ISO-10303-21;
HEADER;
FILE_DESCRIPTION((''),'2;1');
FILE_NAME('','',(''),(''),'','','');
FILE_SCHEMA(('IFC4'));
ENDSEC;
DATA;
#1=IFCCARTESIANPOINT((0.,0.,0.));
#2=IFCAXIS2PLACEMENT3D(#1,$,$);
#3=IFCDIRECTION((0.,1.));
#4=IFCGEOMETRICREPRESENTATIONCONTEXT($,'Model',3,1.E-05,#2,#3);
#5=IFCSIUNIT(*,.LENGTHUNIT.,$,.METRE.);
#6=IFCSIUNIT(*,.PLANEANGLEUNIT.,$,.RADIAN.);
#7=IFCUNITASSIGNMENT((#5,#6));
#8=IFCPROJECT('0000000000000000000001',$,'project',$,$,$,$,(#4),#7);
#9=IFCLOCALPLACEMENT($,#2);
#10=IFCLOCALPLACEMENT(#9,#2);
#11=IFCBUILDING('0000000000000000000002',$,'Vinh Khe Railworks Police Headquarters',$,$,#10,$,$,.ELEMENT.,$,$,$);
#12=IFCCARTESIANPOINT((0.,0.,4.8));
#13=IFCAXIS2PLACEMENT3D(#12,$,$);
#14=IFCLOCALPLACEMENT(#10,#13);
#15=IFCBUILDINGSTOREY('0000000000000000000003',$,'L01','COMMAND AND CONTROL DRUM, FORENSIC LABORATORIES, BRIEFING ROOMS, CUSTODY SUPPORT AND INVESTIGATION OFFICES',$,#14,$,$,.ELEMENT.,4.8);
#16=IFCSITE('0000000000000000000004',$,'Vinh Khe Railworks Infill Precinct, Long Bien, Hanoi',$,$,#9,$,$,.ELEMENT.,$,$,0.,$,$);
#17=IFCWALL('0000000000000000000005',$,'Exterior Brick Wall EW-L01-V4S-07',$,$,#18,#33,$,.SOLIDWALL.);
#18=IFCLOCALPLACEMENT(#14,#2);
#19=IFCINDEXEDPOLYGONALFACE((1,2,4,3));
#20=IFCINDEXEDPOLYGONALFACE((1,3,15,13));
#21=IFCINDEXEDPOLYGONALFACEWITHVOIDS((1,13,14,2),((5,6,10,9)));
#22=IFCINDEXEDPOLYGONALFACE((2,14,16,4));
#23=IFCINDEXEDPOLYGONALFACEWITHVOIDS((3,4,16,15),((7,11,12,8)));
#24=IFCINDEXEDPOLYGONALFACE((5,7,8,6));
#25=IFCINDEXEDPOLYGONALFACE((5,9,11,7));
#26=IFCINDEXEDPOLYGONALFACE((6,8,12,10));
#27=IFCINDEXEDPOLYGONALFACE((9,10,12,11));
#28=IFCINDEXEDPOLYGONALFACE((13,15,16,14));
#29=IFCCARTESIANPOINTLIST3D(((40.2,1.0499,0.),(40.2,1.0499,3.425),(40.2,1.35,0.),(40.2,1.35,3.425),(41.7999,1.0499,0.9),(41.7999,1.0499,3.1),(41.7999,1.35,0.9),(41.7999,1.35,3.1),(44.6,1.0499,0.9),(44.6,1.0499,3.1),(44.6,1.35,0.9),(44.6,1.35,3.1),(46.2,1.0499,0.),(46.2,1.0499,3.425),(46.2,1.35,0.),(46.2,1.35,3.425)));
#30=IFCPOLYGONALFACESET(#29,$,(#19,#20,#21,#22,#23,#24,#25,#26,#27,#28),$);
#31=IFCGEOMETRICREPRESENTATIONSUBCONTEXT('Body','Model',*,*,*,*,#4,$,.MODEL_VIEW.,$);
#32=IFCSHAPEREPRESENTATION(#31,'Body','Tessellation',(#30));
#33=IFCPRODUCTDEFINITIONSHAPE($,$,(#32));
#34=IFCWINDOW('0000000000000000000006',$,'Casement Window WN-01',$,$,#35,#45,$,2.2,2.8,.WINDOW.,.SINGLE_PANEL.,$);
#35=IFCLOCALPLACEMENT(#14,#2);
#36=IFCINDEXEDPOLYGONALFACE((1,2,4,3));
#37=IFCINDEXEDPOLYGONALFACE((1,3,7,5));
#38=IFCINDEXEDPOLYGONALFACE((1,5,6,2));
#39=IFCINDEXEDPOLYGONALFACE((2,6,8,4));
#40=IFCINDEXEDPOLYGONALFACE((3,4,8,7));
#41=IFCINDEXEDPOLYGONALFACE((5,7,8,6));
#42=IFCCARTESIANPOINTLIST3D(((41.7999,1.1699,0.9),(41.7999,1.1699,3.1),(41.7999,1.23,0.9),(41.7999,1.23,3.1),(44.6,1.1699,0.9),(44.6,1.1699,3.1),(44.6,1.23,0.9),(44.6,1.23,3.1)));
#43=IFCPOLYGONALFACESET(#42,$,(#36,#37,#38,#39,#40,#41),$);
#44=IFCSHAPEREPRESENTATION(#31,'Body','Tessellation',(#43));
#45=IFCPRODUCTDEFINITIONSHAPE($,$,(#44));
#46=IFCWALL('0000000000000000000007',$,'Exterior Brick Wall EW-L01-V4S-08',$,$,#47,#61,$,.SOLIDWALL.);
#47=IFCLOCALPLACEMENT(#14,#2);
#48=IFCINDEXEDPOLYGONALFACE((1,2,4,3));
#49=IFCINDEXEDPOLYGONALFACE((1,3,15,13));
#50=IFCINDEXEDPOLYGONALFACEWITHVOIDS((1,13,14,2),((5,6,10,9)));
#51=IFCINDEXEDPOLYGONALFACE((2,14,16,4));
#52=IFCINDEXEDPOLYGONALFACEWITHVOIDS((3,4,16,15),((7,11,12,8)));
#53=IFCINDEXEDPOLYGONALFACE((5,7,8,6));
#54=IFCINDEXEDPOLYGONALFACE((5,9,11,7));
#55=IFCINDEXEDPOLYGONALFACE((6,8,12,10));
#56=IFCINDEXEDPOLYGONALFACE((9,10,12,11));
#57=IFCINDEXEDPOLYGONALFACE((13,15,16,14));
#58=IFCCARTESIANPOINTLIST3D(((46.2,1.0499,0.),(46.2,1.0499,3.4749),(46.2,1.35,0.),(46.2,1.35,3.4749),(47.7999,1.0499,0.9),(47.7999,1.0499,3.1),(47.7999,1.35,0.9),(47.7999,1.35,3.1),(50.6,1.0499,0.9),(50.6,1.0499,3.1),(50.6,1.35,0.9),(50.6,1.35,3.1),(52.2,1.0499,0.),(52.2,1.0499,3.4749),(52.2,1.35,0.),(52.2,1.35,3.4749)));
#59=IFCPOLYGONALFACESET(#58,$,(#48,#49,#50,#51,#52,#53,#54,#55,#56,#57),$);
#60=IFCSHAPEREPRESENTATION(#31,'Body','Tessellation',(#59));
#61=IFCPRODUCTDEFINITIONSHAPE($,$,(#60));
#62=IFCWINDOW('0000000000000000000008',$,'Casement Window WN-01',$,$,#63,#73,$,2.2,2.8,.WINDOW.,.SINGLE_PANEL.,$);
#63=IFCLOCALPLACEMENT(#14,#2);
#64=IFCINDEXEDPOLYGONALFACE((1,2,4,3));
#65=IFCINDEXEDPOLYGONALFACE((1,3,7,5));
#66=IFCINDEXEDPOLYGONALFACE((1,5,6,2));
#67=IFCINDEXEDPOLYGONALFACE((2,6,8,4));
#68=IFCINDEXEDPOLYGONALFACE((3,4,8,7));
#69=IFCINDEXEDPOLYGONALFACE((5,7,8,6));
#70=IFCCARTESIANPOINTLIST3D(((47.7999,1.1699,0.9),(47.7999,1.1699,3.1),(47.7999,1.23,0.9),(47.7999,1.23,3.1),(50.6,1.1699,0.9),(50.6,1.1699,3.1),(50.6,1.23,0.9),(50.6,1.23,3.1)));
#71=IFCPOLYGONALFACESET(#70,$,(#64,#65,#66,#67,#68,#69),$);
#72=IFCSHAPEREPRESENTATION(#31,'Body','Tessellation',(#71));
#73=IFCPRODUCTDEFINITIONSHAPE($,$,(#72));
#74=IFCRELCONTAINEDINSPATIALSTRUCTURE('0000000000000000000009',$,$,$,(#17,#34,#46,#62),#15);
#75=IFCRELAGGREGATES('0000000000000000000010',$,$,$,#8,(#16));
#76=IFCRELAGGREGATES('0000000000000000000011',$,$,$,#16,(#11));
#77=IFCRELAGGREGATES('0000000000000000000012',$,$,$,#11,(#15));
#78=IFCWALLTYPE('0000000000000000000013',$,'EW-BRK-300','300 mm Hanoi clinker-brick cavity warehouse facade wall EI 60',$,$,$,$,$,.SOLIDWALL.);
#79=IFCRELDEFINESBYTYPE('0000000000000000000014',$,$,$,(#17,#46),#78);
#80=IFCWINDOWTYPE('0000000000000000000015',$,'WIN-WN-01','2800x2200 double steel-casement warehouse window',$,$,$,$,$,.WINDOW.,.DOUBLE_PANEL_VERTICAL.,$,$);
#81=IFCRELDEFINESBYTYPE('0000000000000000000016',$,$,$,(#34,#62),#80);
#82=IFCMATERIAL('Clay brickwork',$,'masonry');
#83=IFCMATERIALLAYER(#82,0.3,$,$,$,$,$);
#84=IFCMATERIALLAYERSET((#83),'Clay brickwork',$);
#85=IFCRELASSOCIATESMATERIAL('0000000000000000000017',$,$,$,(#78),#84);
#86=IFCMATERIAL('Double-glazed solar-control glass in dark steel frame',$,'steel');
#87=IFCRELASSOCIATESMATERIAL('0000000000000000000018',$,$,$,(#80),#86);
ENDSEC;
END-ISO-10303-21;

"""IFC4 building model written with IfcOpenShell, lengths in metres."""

from ifc_helpers import new_model, si_unit, direction, frame, frame_2d, origin, place, context, subcontext, project, spatial, rectangle, extrude, material, layer, layer_set, type_object, element, fill, save


model = new_model("IFC4")

# Units and contexts
model_context = context("Model", 3, precision=1e-05, world=origin(), true_north=direction((0.0, 1.0)))
body_context = subcontext(model_context, "Body", "Model", "MODEL_VIEW")
ifc_project = project(units=[si_unit("LENGTHUNIT", "METRE"), si_unit("PLANEANGLEUNIT", "RADIAN")], contexts=[model_context])

# Site, building, storey
site_placement = place(None, origin())
site = spatial("IfcSite", under=ifc_project, at=site_placement, Name="Vinh Khe Railworks Infill Precinct, Long Bien, Hanoi", CompositionType="ELEMENT", RefElevation=0.0)
building_placement = place(site_placement, origin())
building = spatial("IfcBuilding", under=site, at=building_placement, Name="Vinh Khe Railworks Police Headquarters", CompositionType="ELEMENT")
storey_placement = place(building_placement, frame((0.0, 0.0, 4.8)))
storey = spatial("IfcBuildingStorey", under=building, at=storey_placement, Name="L01", Description="COMMAND AND CONTROL DRUM, FORENSIC LABORATORIES, BRIEFING ROOMS, CUSTODY SUPPORT AND INVESTIGATION OFFICES", CompositionType="ELEMENT", Elevation=4.8)

# Shared definitions
ifc_material_1 = material(Name="Clay brickwork", Category="masonry")
ifc_material_2 = material(Name="Double-glazed solar-control glass in dark steel frame", Category="steel")

# Walls, openings, windows
ifc_layer_1 = layer(ifc_material_1, 0.3)
ifc_layer_set_1 = layer_set([ifc_layer_1], Name="Clay brickwork")
wall_type_1 = type_object("IfcWallType", Name="EW-BRK-300", Description="300 mm Hanoi clinker-brick cavity warehouse facade wall EI 60", PredefinedType="SOLIDWALL", material=ifc_layer_set_1)
wall_1_placement = place(storey_placement, frame((40.2, 1.2, 0.0), z_axis=(0.0, 0.0, 1.0), x_axis=(1.0, 0.0, 0.0)))
wall_1 = element("IfcWall", 1, at=wall_1_placement, inside=storey, type_object=wall_type_1, Name="Exterior Brick Wall EW-L01-V4S-07", PredefinedType="SOLIDWALL", context=body_context, shape_type="SweptSolid", body=[
    extrude(rectangle(XDim=6.0, YDim=0.3, at=frame_2d((3.0, 0.0))), origin(), (0.0, 0.0, 1.0), 3.425),
])
opening_1_placement = place(wall_1_placement, frame((1.6001, 0.0, 0.8999)))
opening_1 = element("IfcOpeningElement", 2, at=opening_1_placement, cuts=wall_1, PredefinedType="OPENING", context=body_context, shape_type="SweptSolid", body=[
    extrude(rectangle(XDim=2.8, YDim=2.2, at=frame_2d((1.3999, 1.1001))), frame((0.0, 0.165, 0.0), z_axis=(0.0, -1.0, 0.0), x_axis=(1.0, 0.0, 0.0)), (0.0, 0.0, 1.0), 0.3298),
])
window_type_1 = type_object("IfcWindowType", Name="WIN-WN-01", Description="2800x2200 double steel-casement warehouse window", PartitioningType="DOUBLE_PANEL_VERTICAL", PredefinedType="WINDOW", material=ifc_material_2)
window_1_placement = place(opening_1_placement, origin())
window_1 = element("IfcWindow", 3, at=window_1_placement, inside=storey, type_object=window_type_1, Name="Casement Window WN-01", OverallHeight=2.2, OverallWidth=2.8, PartitioningType="SINGLE_PANEL", PredefinedType="WINDOW", context=body_context, shape_type="SweptSolid", body=[
    extrude(rectangle(XDim=2.8, YDim=2.2, at=frame_2d((1.3999, 1.1001))), frame((0.0, 0.03, 0.0), z_axis=(0.0, -1.0, 0.0), x_axis=(1.0, 0.0, 0.0)), (0.0, 0.0, 1.0), 0.0601),
])
fill(opening_1, window_1)
wall_2_placement = place(storey_placement, frame((46.2, 1.2, 0.0), z_axis=(0.0, 0.0, 1.0), x_axis=(1.0, 0.0, 0.0)))
wall_2 = element("IfcWall", 4, at=wall_2_placement, inside=storey, type_object=wall_type_1, Name="Exterior Brick Wall EW-L01-V4S-08", PredefinedType="SOLIDWALL", context=body_context, shape_type="SweptSolid", body=[
    extrude(rectangle(XDim=6.0, YDim=0.3, at=frame_2d((3.0, 0.0))), origin(), (0.0, 0.0, 1.0), 3.4749),
])
opening_2_placement = place(wall_2_placement, frame((1.6001, 0.0, 0.8999)))
opening_2 = element("IfcOpeningElement", 5, at=opening_2_placement, cuts=wall_2, PredefinedType="OPENING", context=body_context, shape_type="SweptSolid", body=[
    extrude(rectangle(XDim=2.8, YDim=2.2, at=frame_2d((1.3999, 1.1001))), frame((0.0, 0.165, 0.0), z_axis=(0.0, -1.0, 0.0), x_axis=(1.0, 0.0, 0.0)), (0.0, 0.0, 1.0), 0.3298),
])
window_2_placement = place(opening_2_placement, origin())
window_2 = element("IfcWindow", 6, at=window_2_placement, inside=storey, type_object=window_type_1, Name="Casement Window WN-01", OverallHeight=2.2, OverallWidth=2.8, PartitioningType="SINGLE_PANEL", PredefinedType="WINDOW", context=body_context, shape_type="SweptSolid", body=[
    extrude(rectangle(XDim=2.8, YDim=2.2, at=frame_2d((1.3999, 1.1001))), frame((0.0, 0.03, 0.0), z_axis=(0.0, -1.0, 0.0), x_axis=(1.0, 0.0, 0.0)), (0.0, 0.0, 1.0), 0.0601),
])
fill(opening_2, window_2)

save(model, "model.ifc")
